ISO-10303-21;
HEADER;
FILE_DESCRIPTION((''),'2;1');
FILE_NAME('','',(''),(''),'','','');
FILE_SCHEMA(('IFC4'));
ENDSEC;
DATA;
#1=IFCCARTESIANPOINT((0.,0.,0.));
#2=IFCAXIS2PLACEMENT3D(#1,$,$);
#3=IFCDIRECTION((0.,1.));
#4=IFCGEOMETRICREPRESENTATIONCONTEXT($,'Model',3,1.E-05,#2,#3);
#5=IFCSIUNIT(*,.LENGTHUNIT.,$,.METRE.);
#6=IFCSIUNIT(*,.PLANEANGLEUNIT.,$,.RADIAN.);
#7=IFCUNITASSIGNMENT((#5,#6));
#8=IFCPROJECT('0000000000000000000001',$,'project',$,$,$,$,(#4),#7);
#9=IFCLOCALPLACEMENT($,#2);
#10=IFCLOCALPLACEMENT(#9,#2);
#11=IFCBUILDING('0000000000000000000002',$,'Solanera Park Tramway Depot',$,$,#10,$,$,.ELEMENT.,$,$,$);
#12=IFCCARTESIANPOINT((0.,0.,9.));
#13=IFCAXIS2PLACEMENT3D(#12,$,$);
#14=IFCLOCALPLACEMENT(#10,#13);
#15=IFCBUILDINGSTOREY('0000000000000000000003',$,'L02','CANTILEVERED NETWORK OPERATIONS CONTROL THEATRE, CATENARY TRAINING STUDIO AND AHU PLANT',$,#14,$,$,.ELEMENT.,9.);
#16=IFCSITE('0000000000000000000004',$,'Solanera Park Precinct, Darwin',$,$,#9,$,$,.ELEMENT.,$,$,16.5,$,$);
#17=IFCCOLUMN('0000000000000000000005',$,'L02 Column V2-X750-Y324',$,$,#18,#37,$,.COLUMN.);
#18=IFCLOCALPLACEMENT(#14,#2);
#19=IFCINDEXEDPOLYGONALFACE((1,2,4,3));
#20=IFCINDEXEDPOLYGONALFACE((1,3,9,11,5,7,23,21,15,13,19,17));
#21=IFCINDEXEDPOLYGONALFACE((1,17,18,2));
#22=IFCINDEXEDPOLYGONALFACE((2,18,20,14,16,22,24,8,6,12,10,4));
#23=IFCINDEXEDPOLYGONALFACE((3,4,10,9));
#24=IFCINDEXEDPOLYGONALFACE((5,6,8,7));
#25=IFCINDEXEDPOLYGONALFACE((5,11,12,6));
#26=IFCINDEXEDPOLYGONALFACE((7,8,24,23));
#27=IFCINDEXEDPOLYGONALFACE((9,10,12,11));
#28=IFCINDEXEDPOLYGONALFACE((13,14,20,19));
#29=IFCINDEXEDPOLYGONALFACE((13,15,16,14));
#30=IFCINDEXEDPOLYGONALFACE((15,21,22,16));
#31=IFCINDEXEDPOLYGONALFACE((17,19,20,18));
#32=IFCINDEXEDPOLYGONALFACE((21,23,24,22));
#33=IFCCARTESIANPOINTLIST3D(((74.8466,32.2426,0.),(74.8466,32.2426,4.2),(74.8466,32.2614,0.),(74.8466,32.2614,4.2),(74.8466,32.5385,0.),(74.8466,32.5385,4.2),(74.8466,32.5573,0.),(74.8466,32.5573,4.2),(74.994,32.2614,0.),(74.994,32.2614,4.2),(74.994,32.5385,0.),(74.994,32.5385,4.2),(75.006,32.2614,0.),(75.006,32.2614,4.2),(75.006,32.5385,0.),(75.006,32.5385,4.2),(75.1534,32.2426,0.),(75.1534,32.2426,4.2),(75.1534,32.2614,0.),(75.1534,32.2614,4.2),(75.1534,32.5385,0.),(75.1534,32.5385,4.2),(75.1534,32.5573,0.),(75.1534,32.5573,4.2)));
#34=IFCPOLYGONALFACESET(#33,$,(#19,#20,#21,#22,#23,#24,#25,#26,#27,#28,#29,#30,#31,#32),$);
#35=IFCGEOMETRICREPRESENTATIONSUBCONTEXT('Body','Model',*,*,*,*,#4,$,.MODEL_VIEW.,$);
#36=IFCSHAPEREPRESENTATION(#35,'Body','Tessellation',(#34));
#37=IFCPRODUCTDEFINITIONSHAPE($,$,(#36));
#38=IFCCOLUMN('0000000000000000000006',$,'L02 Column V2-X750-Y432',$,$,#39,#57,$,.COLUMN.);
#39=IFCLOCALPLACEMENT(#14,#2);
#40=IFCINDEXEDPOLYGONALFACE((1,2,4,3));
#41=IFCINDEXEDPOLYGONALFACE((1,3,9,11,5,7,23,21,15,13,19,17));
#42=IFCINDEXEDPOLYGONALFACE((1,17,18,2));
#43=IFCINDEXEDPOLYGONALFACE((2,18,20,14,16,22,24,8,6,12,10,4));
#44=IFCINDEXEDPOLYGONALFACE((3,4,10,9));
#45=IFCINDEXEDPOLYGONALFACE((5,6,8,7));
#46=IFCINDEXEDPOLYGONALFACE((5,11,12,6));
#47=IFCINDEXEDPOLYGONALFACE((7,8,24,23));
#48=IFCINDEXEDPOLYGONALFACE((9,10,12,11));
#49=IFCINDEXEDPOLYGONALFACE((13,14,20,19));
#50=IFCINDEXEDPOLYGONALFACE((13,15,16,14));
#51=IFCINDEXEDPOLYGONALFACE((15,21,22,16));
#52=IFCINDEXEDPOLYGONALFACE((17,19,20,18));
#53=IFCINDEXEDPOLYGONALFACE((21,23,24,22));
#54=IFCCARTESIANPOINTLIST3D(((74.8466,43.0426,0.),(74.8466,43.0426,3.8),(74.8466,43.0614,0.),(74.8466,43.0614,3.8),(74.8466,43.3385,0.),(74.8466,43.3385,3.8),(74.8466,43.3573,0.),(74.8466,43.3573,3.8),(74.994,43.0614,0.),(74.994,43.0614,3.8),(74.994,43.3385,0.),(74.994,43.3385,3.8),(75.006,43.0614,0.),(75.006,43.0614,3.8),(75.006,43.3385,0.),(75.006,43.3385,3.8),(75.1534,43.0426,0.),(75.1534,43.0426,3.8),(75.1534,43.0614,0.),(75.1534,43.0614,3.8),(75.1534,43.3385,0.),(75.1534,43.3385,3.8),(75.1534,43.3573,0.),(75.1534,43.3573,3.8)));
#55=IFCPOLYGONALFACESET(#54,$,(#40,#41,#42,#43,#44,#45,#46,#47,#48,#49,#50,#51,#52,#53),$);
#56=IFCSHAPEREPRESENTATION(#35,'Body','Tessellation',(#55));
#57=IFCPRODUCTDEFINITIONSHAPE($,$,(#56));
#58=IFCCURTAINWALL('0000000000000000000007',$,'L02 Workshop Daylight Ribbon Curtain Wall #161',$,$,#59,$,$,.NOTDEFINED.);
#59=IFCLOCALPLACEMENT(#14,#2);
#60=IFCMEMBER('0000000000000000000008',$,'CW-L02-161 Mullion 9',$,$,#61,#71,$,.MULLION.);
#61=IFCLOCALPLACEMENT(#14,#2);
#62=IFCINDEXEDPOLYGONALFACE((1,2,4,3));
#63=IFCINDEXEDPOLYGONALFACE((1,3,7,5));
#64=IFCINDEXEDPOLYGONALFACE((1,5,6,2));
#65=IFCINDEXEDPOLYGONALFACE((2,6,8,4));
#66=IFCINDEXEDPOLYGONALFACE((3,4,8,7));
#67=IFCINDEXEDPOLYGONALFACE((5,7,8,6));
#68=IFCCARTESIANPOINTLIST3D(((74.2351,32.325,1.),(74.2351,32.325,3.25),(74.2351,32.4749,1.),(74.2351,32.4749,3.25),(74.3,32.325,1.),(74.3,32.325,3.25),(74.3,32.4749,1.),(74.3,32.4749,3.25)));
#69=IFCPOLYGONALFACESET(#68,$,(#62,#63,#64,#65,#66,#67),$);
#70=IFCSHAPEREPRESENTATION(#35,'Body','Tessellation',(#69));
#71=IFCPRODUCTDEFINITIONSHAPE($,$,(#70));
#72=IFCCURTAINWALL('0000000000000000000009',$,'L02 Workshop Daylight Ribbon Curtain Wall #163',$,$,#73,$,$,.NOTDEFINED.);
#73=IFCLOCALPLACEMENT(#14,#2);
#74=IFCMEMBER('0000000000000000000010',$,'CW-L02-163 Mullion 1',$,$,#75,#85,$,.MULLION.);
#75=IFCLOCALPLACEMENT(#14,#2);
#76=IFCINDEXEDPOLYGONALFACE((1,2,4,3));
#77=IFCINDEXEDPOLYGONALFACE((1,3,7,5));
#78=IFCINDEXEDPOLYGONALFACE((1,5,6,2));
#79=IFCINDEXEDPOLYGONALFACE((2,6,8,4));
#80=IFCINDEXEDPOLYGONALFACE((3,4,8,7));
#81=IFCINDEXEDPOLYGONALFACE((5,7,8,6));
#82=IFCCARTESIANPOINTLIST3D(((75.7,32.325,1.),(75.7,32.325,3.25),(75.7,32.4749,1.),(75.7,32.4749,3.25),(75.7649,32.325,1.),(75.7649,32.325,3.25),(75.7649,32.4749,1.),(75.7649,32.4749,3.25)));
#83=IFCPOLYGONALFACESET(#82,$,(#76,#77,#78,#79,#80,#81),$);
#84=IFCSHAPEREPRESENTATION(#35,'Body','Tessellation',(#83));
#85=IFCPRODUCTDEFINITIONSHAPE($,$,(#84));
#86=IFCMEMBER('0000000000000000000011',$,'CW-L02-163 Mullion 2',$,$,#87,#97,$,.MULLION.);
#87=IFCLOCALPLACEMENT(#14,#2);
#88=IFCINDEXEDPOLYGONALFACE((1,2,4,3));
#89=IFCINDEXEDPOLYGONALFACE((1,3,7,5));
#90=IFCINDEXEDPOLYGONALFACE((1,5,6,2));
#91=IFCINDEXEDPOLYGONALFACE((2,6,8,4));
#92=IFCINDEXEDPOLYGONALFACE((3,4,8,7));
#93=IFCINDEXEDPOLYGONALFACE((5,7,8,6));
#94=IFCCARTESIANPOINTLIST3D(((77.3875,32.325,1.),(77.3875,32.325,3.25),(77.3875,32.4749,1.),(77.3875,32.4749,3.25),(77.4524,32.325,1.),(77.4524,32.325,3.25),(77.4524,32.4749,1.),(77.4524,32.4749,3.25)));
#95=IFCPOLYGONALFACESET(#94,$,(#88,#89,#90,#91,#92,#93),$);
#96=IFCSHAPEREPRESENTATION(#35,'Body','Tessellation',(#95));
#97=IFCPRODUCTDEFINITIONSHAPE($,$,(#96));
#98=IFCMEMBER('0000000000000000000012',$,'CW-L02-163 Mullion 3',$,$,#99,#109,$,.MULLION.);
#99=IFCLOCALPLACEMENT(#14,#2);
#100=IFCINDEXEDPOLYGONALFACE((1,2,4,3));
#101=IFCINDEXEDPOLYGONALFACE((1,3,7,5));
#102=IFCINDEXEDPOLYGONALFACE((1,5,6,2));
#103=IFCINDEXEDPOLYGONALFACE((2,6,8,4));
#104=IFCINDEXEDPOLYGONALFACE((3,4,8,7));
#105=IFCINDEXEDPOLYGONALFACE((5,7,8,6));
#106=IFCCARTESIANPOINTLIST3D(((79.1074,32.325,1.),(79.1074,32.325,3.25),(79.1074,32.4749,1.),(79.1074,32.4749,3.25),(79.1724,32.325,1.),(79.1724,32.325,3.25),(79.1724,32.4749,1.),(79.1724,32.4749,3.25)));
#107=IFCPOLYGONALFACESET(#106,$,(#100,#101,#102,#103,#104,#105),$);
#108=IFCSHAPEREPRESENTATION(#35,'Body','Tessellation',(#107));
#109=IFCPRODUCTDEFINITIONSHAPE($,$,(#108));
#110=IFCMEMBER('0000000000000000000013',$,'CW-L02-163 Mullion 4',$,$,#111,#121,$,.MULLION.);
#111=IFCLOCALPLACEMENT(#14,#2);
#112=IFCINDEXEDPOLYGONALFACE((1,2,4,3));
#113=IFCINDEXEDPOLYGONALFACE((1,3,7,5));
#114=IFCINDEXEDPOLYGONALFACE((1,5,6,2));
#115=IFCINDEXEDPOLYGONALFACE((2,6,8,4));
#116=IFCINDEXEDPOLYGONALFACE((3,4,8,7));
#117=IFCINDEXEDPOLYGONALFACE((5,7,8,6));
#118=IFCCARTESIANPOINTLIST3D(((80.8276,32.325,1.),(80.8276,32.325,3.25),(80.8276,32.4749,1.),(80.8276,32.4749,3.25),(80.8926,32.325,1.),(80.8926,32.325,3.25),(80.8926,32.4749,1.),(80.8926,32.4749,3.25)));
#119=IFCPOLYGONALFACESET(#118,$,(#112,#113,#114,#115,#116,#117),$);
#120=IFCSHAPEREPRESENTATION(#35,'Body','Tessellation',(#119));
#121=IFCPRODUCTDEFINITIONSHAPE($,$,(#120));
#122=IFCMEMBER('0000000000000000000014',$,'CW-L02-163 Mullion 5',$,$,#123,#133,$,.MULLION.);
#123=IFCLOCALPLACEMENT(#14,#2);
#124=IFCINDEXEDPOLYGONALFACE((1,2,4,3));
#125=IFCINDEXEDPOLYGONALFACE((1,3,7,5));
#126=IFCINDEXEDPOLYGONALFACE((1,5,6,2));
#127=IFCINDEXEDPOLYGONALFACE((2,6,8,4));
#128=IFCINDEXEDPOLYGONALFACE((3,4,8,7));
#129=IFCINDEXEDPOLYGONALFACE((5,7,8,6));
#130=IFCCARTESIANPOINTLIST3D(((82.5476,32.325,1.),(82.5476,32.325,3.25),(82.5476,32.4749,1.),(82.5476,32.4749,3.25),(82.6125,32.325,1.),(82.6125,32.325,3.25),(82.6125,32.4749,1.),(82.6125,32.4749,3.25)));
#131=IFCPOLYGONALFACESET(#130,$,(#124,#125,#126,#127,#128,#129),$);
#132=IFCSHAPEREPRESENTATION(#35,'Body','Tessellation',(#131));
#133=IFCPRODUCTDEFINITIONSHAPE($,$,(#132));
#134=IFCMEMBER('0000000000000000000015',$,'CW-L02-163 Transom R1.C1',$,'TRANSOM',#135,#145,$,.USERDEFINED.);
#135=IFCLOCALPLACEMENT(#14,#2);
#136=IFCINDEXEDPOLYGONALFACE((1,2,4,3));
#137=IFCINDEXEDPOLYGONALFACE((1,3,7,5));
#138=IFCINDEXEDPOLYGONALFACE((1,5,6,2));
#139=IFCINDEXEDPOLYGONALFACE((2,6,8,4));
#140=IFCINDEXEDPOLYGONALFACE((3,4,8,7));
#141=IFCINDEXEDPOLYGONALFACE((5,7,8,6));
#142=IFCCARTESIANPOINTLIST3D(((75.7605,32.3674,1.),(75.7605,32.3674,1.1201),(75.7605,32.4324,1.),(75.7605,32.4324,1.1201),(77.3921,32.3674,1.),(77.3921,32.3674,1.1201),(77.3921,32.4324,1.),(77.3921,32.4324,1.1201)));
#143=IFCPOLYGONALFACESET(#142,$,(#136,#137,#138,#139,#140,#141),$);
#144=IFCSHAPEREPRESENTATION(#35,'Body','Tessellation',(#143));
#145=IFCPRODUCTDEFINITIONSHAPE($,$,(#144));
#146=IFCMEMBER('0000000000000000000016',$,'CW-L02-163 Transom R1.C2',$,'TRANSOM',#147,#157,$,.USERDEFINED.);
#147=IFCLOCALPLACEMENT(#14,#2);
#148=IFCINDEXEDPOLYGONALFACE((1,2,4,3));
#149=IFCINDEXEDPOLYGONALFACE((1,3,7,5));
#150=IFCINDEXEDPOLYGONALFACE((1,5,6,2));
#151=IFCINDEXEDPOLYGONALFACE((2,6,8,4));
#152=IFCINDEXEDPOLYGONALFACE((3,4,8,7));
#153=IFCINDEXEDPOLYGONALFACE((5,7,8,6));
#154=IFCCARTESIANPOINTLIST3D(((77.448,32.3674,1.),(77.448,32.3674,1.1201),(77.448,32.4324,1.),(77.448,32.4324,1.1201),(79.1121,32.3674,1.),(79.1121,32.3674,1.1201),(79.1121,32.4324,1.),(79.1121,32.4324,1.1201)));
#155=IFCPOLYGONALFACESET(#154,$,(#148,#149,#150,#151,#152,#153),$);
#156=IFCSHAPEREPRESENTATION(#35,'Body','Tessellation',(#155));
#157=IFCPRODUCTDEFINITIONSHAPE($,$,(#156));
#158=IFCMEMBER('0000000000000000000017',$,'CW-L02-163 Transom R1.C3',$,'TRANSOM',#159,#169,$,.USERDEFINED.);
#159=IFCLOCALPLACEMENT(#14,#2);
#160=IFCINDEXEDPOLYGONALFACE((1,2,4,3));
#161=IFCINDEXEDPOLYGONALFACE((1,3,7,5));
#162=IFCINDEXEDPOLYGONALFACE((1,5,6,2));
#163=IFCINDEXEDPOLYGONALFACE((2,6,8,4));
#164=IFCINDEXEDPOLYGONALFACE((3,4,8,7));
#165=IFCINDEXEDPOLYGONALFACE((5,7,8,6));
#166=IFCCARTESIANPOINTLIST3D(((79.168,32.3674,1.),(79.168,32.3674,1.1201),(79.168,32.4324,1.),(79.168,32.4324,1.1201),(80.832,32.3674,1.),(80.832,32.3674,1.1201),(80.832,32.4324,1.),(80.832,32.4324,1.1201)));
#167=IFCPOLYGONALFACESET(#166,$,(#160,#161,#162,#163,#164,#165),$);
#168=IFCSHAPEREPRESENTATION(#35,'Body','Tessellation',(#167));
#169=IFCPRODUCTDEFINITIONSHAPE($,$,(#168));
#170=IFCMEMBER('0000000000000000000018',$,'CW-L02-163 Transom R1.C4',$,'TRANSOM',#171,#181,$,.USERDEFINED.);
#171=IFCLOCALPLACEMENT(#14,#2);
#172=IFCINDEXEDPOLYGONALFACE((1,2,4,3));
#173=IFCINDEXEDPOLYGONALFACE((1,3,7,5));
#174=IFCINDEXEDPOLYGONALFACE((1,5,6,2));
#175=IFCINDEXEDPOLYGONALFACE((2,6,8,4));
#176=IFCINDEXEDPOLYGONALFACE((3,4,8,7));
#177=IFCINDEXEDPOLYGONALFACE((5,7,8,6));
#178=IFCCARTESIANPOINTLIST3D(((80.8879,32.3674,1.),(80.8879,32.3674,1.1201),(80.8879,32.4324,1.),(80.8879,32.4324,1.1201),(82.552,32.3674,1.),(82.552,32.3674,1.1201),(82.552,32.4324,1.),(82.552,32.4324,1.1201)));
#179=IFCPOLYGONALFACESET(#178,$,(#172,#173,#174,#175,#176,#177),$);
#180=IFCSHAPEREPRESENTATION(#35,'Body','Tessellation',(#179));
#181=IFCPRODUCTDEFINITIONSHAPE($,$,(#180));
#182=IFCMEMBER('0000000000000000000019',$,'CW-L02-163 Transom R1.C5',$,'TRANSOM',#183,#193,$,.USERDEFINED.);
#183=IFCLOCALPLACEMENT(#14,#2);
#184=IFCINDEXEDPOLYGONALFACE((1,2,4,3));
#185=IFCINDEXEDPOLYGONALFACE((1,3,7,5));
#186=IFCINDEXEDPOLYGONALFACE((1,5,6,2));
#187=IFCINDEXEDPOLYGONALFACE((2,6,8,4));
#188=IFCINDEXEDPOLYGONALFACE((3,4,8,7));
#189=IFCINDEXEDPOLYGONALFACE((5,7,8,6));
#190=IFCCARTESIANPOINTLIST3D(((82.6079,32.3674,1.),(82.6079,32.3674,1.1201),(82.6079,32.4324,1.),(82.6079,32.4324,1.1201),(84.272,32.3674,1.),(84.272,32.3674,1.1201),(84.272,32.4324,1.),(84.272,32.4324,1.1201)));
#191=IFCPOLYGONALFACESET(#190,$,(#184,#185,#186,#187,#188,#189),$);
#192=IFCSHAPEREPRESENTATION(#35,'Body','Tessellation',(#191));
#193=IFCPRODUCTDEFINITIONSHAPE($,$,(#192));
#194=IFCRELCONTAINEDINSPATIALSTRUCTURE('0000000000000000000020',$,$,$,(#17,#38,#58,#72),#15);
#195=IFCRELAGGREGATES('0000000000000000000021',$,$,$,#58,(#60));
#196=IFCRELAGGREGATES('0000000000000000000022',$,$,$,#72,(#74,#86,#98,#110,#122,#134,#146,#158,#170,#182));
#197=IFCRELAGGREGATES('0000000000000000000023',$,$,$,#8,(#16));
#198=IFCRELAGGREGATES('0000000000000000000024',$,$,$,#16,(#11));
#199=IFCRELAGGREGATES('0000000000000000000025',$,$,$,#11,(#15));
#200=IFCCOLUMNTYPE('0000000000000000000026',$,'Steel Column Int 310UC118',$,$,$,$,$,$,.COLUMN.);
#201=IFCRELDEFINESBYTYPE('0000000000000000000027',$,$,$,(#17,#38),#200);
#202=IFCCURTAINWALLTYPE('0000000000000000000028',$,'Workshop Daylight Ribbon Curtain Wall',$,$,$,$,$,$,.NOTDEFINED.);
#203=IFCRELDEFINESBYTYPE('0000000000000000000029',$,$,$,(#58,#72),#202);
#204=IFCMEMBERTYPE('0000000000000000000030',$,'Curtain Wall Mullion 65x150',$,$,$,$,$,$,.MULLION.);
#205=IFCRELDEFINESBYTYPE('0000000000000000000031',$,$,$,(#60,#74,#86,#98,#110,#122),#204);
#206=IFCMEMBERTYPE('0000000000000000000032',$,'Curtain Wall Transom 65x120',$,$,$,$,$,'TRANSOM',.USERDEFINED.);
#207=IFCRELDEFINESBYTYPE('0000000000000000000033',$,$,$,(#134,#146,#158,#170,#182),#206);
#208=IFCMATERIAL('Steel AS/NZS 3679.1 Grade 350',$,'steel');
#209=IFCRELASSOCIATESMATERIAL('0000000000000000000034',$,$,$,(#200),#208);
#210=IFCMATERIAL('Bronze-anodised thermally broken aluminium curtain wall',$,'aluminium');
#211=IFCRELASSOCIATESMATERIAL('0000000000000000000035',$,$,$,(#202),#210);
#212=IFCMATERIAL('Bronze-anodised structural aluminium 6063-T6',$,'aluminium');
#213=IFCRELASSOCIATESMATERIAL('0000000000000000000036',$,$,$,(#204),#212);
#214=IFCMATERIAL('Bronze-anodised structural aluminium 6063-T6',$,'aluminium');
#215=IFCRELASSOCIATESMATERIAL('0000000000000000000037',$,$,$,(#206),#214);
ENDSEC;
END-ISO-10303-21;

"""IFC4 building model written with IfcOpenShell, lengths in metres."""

from ifc_helpers import new_model, si_unit, direction, frame, origin, origin_2d, place, context, subcontext, project, spatial, rectangle, i_section, extrude, material, material_profile, profile_set, type_object, element, aggregate, save


model = new_model("IFC4")

# Units and contexts
model_context = context("Model", 3, precision=1e-05, world=origin(), true_north=direction((0.0, 1.0)))
body_context = subcontext(model_context, "Body", "Model", "MODEL_VIEW")
ifc_project = project(units=[si_unit("LENGTHUNIT", "METRE"), si_unit("PLANEANGLEUNIT", "RADIAN")], contexts=[model_context])

# Site, building, storey
site_placement = place(None, origin())
site = spatial("IfcSite", under=ifc_project, at=site_placement, Name="Solanera Park Precinct, Darwin", CompositionType="ELEMENT", RefElevation=16.5)
building_placement = place(site_placement, origin())
building = spatial("IfcBuilding", under=site, at=building_placement, Name="Solanera Park Tramway Depot", CompositionType="ELEMENT")
storey_placement = place(building_placement, frame((0.0, 0.0, 9.0)))
storey = spatial("IfcBuildingStorey", under=building, at=storey_placement, Name="L02", Description="CANTILEVERED NETWORK OPERATIONS CONTROL THEATRE, CATENARY TRAINING STUDIO AND AHU PLANT", CompositionType="ELEMENT", Elevation=9.0)

# Columns
ifc_material_1 = material(Name="Steel AS/NZS 3679.1 Grade 350", Category="steel")
ifc_material_profile_1 = material_profile(ifc_material_1, i_section(OverallWidth=0.3069, OverallDepth=0.3147, WebThickness=0.012, FlangeThickness=0.0188, at=origin_2d()), Name="310UC118")
ifc_profile_set_1 = profile_set([ifc_material_profile_1], Name="Steel AS/NZS 3679.1 Grade 350")
column_type = type_object("IfcColumnType", Name="Steel Column Int 310UC118", PredefinedType="COLUMN", material=ifc_profile_set_1)
column_1_placement = place(storey_placement, frame((75.0, 32.3999, 0.0), z_axis=(0.0, 0.0, 1.0), x_axis=(1.0, 0.0, 0.0)))
element("IfcColumn", 1, at=column_1_placement, inside=storey, type_object=column_type, Name="L02 Column V2-X750-Y324", PredefinedType="COLUMN", context=body_context, shape_type="SweptSolid", body=[
    extrude(i_section(OverallWidth=0.3069, OverallDepth=0.3147, WebThickness=0.012, FlangeThickness=0.0188, at=origin_2d()), origin(), (0.0, 0.0, 1.0), 4.2),
])
column_2_placement = place(storey_placement, frame((75.0, 43.2, 0.0), z_axis=(0.0, 0.0, 1.0), x_axis=(1.0, 0.0, 0.0)))
element("IfcColumn", 2, at=column_2_placement, inside=storey, type_object=column_type, Name="L02 Column V2-X750-Y432", PredefinedType="COLUMN", context=body_context, shape_type="SweptSolid", body=[
    extrude(i_section(OverallWidth=0.3069, OverallDepth=0.3147, WebThickness=0.012, FlangeThickness=0.0188, at=origin_2d()), origin(), (0.0, 0.0, 1.0), 3.8),
])

# Curtain wall, member
ifc_material_2 = material(Name="Bronze-anodised thermally broken aluminium curtain wall", Category="aluminium")
curtain_wall_type = type_object("IfcCurtainWallType", Name="Workshop Daylight Ribbon Curtain Wall", PredefinedType="NOTDEFINED", material=ifc_material_2)
curtain_wall_1_placement = place(storey_placement, origin())
curtain_wall_1 = element("IfcCurtainWall", 3, at=curtain_wall_1_placement, inside=storey, type_object=curtain_wall_type, Name="L02 Workshop Daylight Ribbon Curtain Wall #161", PredefinedType="NOTDEFINED")
ifc_material_3 = material(Name="Bronze-anodised structural aluminium 6063-T6", Category="aluminium")
ifc_material_profile_2 = material_profile(ifc_material_3, rectangle(XDim=0.0649, YDim=0.1499, at=origin_2d()), Name="Curtain Wall Mullion 65x150")
ifc_profile_set_2 = profile_set([ifc_material_profile_2], Name="Bronze-anodised structural aluminium 6063-T6")
member_type_1 = type_object("IfcMemberType", Name="Curtain Wall Mullion 65x150", PredefinedType="MULLION", material=ifc_profile_set_2)
member_1_placement = place(storey_placement, frame((74.2676, 32.3999, 1.0), z_axis=(0.0, 0.0, 1.0), x_axis=(1.0, 0.0, 0.0)))
member_1 = element("IfcMember", 4, at=member_1_placement, type_object=member_type_1, Name="CW-L02-161 Mullion 9", PredefinedType="MULLION", context=body_context, shape_type="SweptSolid", body=[
    extrude(rectangle(XDim=0.0649, YDim=0.1499, at=origin_2d()), origin(), (0.0, 0.0, 1.0), 2.25),
])

# Curtain wall, members
curtain_wall_2_placement = place(storey_placement, origin())
curtain_wall_2 = element("IfcCurtainWall", 5, at=curtain_wall_2_placement, inside=storey, type_object=curtain_wall_type, Name="L02 Workshop Daylight Ribbon Curtain Wall #163", PredefinedType="NOTDEFINED")
member_2_placement = place(storey_placement, frame((75.7324, 32.3999, 1.0), z_axis=(0.0, 0.0, 1.0), x_axis=(1.0, 0.0, 0.0)))
member_2 = element("IfcMember", 6, at=member_2_placement, type_object=member_type_1, Name="CW-L02-163 Mullion 1", PredefinedType="MULLION", context=body_context, shape_type="SweptSolid", body=[
    extrude(rectangle(XDim=0.0649, YDim=0.1499, at=origin_2d()), origin(), (0.0, 0.0, 1.0), 2.25),
])
member_3_placement = place(storey_placement, frame((77.4199, 32.3999, 1.0), z_axis=(0.0, 0.0, 1.0), x_axis=(1.0, 0.0, 0.0)))
member_3 = element("IfcMember", 7, at=member_3_placement, type_object=member_type_1, Name="CW-L02-163 Mullion 2", PredefinedType="MULLION", context=body_context, shape_type="SweptSolid", body=[
    extrude(rectangle(XDim=0.0649, YDim=0.1499, at=origin_2d()), origin(), (0.0, 0.0, 1.0), 2.25),
])
member_4_placement = place(storey_placement, frame((79.1399, 32.3999, 1.0), z_axis=(0.0, 0.0, 1.0), x_axis=(1.0, 0.0, 0.0)))
member_4 = element("IfcMember", 8, at=member_4_placement, type_object=member_type_1, Name="CW-L02-163 Mullion 3", PredefinedType="MULLION", context=body_context, shape_type="SweptSolid", body=[
    extrude(rectangle(XDim=0.0649, YDim=0.1499, at=origin_2d()), origin(), (0.0, 0.0, 1.0), 2.25),
])
member_5_placement = place(storey_placement, frame((80.8601, 32.3999, 1.0), z_axis=(0.0, 0.0, 1.0), x_axis=(1.0, 0.0, 0.0)))
member_5 = element("IfcMember", 9, at=member_5_placement, type_object=member_type_1, Name="CW-L02-163 Mullion 4", PredefinedType="MULLION", context=body_context, shape_type="SweptSolid", body=[
    extrude(rectangle(XDim=0.0649, YDim=0.1499, at=origin_2d()), origin(), (0.0, 0.0, 1.0), 2.25),
])
member_6_placement = place(storey_placement, frame((82.5801, 32.3999, 1.0), z_axis=(0.0, 0.0, 1.0), x_axis=(1.0, 0.0, 0.0)))
member_6 = element("IfcMember", 10, at=member_6_placement, type_object=member_type_1, Name="CW-L02-163 Mullion 5", PredefinedType="MULLION", context=body_context, shape_type="SweptSolid", body=[
    extrude(rectangle(XDim=0.0649, YDim=0.1499, at=origin_2d()), origin(), (0.0, 0.0, 1.0), 2.25),
])
ifc_material_4 = material(Name="Bronze-anodised structural aluminium 6063-T6", Category="aluminium")
ifc_material_profile_3 = material_profile(ifc_material_4, rectangle(XDim=0.0649, YDim=0.1201, at=origin_2d()), Name="Curtain Wall Transom 65x120")
ifc_profile_set_3 = profile_set([ifc_material_profile_3], Name="Bronze-anodised structural aluminium 6063-T6")
member_type_2 = type_object("IfcMemberType", Name="Curtain Wall Transom 65x120", ElementType="TRANSOM", PredefinedType="USERDEFINED", material=ifc_profile_set_3)
member_7_placement = place(storey_placement, frame((75.7605, 32.3999, 1.0601), z_axis=(1.0, 0.0, 0.0), x_axis=(0.0, 1.0, 0.0)))
member_7 = element("IfcMember", 11, at=member_7_placement, type_object=member_type_2, Name="CW-L02-163 Transom R1.C1", ObjectType="TRANSOM", PredefinedType="USERDEFINED", context=body_context, shape_type="SweptSolid", body=[
    extrude(rectangle(XDim=0.0649, YDim=0.1201, at=origin_2d()), origin(), (0.0, 0.0, 1.0), 1.6316),
])
member_8_placement = place(storey_placement, frame((77.448, 32.3999, 1.0601), z_axis=(1.0, 0.0, 0.0), x_axis=(0.0, 1.0, 0.0)))
member_8 = element("IfcMember", 12, at=member_8_placement, type_object=member_type_2, Name="CW-L02-163 Transom R1.C2", ObjectType="TRANSOM", PredefinedType="USERDEFINED", context=body_context, shape_type="SweptSolid", body=[
    extrude(rectangle(XDim=0.0649, YDim=0.1201, at=origin_2d()), origin(), (0.0, 0.0, 1.0), 1.6641),
])
member_9_placement = place(storey_placement, frame((79.168, 32.3999, 1.0601), z_axis=(1.0, 0.0, 0.0), x_axis=(0.0, 1.0, 0.0)))
member_9 = element("IfcMember", 13, at=member_9_placement, type_object=member_type_2, Name="CW-L02-163 Transom R1.C3", ObjectType="TRANSOM", PredefinedType="USERDEFINED", context=body_context, shape_type="SweptSolid", body=[
    extrude(rectangle(XDim=0.0649, YDim=0.1201, at=origin_2d()), origin(), (0.0, 0.0, 1.0), 1.6641),
])
member_10_placement = place(storey_placement, frame((80.8879, 32.3999, 1.0601), z_axis=(1.0, 0.0, 0.0), x_axis=(0.0, 1.0, 0.0)))
member_10 = element("IfcMember", 14, at=member_10_placement, type_object=member_type_2, Name="CW-L02-163 Transom R1.C4", ObjectType="TRANSOM", PredefinedType="USERDEFINED", context=body_context, shape_type="SweptSolid", body=[
    extrude(rectangle(XDim=0.0649, YDim=0.1201, at=origin_2d()), origin(), (0.0, 0.0, 1.0), 1.6641),
])
member_11_placement = place(storey_placement, frame((82.6079, 32.3999, 1.0601), z_axis=(1.0, 0.0, 0.0), x_axis=(0.0, 1.0, 0.0)))
member_11 = element("IfcMember", 15, at=member_11_placement, type_object=member_type_2, Name="CW-L02-163 Transom R1.C5", ObjectType="TRANSOM", PredefinedType="USERDEFINED", context=body_context, shape_type="SweptSolid", body=[
    extrude(rectangle(XDim=0.0649, YDim=0.1201, at=origin_2d()), origin(), (0.0, 0.0, 1.0), 1.6641),
])

aggregate(curtain_wall_1, [member_1])
aggregate(curtain_wall_2, [member_2, member_3, member_4, member_5, member_6, member_7, member_8, member_9, member_10, member_11])

save(model, "model.ifc")
